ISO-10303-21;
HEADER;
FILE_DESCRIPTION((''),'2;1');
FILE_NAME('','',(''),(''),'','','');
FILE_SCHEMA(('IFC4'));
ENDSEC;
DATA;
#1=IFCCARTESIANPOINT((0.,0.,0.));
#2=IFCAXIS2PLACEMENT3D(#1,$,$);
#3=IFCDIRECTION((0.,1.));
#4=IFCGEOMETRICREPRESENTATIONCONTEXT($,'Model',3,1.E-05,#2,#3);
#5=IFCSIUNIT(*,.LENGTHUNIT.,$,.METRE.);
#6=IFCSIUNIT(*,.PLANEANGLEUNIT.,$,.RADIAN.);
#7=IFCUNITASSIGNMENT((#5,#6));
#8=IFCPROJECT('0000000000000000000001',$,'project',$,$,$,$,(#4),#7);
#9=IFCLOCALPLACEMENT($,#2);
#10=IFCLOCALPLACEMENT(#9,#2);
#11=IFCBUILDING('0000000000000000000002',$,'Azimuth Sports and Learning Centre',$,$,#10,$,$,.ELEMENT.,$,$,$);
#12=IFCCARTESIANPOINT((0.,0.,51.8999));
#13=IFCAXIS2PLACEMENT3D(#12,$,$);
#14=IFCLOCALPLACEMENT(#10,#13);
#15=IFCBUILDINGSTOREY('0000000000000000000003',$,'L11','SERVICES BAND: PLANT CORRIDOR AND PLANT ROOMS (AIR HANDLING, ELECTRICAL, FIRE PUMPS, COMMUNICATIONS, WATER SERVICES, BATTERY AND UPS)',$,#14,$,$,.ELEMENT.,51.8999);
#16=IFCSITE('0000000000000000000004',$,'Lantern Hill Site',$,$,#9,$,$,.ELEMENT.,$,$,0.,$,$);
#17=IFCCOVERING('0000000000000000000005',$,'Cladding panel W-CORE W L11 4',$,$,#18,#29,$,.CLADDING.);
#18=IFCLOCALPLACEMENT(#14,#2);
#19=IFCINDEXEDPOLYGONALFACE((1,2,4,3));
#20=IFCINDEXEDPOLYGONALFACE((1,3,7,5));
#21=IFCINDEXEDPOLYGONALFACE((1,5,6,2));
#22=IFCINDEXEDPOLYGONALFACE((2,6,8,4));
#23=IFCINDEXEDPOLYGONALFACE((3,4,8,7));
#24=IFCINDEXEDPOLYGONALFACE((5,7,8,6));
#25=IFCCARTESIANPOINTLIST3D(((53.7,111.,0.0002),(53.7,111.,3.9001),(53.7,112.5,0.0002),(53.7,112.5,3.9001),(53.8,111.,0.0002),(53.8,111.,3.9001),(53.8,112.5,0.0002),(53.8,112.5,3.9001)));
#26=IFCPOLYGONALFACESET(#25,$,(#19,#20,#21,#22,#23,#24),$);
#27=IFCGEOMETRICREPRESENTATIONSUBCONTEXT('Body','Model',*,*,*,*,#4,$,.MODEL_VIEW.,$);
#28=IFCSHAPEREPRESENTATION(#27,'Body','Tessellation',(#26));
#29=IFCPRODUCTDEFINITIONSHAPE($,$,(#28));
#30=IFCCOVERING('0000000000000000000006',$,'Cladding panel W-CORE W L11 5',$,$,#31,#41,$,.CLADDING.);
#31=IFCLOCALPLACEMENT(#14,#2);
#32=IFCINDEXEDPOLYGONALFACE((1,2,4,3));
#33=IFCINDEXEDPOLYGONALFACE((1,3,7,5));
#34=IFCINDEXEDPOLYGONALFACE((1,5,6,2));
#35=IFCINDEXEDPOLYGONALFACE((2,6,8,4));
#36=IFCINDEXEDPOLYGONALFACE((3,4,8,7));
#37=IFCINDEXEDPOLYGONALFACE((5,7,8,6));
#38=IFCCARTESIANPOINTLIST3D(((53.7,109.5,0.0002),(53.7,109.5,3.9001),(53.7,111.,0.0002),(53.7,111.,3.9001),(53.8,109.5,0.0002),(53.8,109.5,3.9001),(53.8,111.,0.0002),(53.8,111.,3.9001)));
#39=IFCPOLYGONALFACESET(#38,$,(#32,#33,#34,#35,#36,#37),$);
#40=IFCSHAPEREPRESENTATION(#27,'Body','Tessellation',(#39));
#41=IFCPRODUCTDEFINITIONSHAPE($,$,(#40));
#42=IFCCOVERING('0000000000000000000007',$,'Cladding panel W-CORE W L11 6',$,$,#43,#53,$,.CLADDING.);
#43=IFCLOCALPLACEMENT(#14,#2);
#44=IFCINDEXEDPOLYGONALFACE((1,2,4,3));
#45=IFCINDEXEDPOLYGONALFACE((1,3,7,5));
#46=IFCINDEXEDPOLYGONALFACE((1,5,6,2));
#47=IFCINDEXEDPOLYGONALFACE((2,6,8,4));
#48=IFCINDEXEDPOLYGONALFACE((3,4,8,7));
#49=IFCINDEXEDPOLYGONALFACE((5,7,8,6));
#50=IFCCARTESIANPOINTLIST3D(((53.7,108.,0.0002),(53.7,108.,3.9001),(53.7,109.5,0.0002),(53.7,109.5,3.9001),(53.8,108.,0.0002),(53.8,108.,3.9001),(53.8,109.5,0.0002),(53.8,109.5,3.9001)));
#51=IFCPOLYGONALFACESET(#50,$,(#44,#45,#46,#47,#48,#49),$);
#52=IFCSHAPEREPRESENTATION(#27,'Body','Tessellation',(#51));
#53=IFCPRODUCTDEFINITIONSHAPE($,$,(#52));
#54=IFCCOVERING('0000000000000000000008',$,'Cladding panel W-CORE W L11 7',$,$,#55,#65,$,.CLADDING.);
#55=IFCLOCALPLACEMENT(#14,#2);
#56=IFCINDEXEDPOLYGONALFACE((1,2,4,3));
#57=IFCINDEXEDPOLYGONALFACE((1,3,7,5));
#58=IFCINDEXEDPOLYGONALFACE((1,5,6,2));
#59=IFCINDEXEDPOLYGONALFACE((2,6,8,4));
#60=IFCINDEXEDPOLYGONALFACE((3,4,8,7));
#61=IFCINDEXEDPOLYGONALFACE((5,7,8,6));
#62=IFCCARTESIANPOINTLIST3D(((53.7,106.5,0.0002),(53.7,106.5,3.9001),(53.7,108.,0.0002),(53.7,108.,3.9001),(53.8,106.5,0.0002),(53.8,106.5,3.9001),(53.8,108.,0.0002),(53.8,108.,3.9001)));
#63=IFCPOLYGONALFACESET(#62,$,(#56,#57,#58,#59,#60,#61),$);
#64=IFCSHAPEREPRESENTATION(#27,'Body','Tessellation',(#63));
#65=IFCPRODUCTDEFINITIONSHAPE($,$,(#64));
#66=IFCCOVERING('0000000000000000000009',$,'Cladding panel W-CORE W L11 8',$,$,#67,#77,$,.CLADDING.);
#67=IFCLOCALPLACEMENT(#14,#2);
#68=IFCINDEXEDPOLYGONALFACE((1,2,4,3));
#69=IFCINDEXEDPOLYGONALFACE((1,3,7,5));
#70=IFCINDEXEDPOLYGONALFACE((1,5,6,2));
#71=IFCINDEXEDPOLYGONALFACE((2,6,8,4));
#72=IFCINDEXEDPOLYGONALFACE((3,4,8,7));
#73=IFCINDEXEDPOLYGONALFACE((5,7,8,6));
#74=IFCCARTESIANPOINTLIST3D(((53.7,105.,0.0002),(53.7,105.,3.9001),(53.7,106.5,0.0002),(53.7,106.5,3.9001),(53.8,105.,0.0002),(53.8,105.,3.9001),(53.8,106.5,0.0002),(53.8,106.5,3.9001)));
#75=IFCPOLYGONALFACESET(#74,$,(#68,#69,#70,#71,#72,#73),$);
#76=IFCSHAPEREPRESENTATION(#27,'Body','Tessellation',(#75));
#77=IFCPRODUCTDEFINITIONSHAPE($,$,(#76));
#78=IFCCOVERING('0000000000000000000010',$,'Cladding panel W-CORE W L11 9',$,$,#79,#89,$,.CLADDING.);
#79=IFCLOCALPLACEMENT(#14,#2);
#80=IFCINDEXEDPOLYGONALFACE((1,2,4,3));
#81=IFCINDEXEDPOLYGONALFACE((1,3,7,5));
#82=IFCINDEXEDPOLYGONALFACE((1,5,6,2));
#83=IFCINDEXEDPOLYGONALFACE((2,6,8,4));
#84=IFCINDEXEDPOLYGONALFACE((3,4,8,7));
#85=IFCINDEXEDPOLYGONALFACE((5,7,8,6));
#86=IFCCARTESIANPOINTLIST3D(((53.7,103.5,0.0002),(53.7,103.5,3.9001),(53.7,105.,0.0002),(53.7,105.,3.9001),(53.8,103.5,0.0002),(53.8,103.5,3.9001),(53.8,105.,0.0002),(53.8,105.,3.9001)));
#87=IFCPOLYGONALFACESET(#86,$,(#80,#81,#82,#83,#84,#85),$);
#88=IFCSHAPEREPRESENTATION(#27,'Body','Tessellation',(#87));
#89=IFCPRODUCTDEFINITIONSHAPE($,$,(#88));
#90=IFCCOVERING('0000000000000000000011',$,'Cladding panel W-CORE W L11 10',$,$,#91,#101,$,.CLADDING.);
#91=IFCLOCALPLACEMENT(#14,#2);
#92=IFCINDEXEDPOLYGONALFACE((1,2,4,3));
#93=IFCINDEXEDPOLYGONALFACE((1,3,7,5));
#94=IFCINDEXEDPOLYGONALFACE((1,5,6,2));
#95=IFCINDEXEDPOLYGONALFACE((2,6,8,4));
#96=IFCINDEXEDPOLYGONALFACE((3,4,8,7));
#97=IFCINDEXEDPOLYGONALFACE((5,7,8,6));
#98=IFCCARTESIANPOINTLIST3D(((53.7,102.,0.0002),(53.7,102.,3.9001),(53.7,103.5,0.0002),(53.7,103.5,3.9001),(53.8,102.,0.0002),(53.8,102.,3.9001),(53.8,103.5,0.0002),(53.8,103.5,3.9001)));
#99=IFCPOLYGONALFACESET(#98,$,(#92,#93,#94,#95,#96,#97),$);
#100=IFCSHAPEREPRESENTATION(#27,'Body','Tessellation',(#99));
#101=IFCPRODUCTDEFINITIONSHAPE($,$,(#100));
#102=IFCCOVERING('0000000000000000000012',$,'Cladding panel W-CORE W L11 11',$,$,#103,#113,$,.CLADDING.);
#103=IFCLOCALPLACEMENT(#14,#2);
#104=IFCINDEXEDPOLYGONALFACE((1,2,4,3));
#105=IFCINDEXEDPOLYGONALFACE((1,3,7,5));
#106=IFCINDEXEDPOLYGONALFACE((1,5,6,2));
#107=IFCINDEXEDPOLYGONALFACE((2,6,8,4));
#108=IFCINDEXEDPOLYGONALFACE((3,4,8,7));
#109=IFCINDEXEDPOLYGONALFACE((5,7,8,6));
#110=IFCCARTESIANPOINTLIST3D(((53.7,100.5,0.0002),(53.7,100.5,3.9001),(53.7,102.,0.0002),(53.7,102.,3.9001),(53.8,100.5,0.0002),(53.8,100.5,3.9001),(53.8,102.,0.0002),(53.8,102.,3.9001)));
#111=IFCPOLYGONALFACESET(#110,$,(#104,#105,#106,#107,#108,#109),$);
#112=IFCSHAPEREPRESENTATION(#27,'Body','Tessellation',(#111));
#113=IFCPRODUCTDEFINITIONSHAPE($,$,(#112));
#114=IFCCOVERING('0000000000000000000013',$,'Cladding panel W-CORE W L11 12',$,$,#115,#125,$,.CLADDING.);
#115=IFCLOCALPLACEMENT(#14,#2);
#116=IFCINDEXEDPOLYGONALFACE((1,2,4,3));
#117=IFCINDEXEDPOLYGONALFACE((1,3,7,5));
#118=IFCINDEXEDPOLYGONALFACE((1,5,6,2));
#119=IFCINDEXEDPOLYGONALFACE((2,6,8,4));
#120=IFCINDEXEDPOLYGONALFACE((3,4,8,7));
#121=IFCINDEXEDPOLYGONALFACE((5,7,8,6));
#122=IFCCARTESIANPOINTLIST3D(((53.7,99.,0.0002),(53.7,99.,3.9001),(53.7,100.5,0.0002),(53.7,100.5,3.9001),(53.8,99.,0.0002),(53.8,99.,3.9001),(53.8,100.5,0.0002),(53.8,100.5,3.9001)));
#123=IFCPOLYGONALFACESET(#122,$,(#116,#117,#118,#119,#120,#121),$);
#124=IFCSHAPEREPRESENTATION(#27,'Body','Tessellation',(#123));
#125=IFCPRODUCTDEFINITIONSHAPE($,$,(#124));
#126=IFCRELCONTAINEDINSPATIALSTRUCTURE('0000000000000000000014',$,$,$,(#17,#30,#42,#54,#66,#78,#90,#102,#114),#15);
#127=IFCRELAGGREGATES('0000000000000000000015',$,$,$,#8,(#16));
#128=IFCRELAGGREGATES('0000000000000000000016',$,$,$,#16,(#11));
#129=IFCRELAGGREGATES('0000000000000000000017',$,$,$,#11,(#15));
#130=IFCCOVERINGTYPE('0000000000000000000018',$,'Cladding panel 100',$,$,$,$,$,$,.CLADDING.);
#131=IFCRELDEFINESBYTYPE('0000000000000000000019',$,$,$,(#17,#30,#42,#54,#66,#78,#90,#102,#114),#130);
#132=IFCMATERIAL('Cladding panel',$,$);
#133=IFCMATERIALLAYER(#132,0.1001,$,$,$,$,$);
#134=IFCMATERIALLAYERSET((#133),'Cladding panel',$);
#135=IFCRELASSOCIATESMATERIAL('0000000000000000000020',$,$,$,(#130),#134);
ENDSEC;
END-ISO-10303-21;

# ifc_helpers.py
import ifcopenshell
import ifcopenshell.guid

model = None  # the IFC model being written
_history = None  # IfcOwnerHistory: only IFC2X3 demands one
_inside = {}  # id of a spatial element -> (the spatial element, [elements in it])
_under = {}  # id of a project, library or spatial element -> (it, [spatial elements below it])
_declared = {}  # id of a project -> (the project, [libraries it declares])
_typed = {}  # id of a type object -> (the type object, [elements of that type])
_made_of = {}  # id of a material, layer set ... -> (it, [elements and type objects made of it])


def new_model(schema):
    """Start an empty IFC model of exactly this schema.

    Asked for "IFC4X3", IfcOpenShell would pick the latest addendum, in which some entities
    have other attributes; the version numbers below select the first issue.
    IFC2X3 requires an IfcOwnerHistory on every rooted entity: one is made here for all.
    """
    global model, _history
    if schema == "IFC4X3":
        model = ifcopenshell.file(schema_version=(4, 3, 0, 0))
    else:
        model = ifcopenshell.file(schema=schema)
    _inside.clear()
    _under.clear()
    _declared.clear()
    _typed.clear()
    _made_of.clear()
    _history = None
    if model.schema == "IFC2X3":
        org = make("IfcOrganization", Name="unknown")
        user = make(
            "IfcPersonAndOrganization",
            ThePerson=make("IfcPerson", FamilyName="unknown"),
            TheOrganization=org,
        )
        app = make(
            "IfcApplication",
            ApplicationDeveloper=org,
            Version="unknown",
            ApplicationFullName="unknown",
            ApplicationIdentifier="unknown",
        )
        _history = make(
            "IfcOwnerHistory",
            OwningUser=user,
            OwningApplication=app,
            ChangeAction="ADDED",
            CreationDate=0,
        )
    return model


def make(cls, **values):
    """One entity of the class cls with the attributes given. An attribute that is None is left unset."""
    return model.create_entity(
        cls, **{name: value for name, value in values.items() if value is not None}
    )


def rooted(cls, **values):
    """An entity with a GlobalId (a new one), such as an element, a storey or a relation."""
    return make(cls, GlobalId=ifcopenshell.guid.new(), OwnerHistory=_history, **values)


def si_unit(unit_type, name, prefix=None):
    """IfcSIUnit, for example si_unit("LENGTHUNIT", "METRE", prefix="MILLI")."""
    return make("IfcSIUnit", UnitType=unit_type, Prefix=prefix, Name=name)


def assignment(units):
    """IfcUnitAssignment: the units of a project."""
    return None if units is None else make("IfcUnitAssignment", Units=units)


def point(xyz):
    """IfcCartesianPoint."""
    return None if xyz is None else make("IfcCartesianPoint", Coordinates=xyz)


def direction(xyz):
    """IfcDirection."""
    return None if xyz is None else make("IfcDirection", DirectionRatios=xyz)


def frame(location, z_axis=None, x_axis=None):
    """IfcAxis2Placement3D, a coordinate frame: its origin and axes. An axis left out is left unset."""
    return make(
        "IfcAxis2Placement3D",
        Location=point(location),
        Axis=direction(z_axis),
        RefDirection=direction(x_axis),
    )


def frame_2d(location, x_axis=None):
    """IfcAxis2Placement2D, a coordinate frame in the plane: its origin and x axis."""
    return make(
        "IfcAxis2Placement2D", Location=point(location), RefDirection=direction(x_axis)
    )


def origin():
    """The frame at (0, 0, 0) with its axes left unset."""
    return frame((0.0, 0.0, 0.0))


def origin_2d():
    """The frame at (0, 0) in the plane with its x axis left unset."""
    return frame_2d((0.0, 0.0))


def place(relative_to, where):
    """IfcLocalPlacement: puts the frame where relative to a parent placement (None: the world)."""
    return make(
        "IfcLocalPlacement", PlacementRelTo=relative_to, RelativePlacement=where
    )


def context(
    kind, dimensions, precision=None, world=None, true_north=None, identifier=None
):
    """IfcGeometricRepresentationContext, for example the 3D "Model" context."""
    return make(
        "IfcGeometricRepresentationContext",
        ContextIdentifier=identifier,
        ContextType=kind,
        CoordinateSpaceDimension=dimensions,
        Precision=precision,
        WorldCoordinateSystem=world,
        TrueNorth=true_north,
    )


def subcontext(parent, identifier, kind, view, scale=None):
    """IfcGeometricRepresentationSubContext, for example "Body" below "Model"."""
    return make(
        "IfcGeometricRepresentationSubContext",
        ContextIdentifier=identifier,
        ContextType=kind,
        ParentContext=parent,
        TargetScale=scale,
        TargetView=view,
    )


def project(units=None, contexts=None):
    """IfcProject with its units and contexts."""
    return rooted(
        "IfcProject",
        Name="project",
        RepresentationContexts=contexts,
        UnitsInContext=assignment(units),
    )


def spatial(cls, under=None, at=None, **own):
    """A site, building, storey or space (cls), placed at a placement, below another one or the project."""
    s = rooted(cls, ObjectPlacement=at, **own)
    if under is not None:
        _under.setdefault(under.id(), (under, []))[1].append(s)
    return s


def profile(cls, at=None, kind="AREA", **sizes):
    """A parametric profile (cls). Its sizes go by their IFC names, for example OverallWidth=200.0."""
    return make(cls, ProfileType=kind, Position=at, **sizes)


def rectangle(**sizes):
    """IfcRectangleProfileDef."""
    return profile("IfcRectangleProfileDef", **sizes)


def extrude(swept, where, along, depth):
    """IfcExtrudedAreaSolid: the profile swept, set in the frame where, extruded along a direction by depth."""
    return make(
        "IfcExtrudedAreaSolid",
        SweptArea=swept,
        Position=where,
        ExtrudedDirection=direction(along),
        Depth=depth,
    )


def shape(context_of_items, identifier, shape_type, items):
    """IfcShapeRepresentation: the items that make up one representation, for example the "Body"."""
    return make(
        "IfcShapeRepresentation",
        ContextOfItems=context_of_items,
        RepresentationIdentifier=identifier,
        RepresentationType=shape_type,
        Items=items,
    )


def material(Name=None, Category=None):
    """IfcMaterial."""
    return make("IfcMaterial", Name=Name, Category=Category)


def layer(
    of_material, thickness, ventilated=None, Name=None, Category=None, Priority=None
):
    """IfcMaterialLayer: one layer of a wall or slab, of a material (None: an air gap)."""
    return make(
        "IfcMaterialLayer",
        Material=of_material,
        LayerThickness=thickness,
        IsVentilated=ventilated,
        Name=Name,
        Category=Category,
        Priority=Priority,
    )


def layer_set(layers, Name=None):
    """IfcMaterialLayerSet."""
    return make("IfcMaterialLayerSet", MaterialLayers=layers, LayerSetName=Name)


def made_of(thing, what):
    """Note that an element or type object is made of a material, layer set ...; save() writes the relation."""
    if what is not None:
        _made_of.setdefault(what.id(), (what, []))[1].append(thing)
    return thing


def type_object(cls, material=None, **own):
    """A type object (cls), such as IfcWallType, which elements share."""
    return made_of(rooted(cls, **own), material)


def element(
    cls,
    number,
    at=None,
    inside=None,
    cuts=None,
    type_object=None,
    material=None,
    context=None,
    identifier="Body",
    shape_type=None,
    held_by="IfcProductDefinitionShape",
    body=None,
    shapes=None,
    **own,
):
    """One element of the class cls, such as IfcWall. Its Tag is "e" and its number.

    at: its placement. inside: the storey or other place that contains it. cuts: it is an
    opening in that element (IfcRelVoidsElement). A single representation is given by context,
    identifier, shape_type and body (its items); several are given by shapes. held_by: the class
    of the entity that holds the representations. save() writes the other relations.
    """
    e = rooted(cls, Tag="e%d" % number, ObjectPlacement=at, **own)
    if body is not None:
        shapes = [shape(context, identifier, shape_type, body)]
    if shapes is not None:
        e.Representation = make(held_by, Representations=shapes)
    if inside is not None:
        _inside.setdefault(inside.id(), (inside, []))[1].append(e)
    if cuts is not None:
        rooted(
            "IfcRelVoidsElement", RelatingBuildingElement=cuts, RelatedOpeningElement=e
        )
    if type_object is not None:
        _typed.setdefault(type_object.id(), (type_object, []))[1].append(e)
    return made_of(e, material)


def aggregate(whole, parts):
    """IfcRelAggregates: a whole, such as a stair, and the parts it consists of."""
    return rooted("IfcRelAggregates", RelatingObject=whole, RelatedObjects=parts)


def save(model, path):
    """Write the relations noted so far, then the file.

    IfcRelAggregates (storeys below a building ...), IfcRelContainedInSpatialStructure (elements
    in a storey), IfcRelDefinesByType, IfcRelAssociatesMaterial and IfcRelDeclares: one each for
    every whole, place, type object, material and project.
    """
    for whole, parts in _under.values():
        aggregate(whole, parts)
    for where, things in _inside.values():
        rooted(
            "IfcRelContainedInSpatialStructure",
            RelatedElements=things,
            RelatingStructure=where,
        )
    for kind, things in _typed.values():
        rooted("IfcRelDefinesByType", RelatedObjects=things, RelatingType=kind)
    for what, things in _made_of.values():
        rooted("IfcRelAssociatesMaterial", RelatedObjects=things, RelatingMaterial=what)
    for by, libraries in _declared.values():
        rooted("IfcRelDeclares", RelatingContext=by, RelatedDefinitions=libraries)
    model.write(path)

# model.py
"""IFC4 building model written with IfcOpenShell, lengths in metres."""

from ifc_helpers import new_model, si_unit, direction, frame, origin, origin_2d, place, context, subcontext, project, spatial, rectangle, extrude, material, layer, layer_set, type_object, element, save


model = new_model("IFC4")

# Units and contexts
model_context = context("Model", 3, precision=1e-05, world=origin(), true_north=direction((0.0, 1.0)))
body_context = subcontext(model_context, "Body", "Model", "MODEL_VIEW")
ifc_project = project(units=[si_unit("LENGTHUNIT", "METRE"), si_unit("PLANEANGLEUNIT", "RADIAN")], contexts=[model_context])

# Site, building, storey
site_placement = place(None, origin())
site = spatial("IfcSite", under=ifc_project, at=site_placement, Name="Lantern Hill Site", CompositionType="ELEMENT", RefElevation=0.0)
building_placement = place(site_placement, origin())
building = spatial("IfcBuilding", under=site, at=building_placement, Name="Azimuth Sports and Learning Centre", CompositionType="ELEMENT")
storey_placement = place(building_placement, frame((0.0, 0.0, 51.8999)))
storey = spatial("IfcBuildingStorey", under=building, at=storey_placement, Name="L11", Description="SERVICES BAND: PLANT CORRIDOR AND PLANT ROOMS (AIR HANDLING, ELECTRICAL, FIRE PUMPS, COMMUNICATIONS, WATER SERVICES, BATTERY AND UPS)", CompositionType="ELEMENT", Elevation=51.8999)

# Coverings
ifc_material_1 = material(Name="Cladding panel")
ifc_layer_1 = layer(ifc_material_1, 0.1001)
ifc_layer_set_1 = layer_set([ifc_layer_1], Name="Cladding panel")
covering_type = type_object("IfcCoveringType", Name="Cladding panel 100", PredefinedType="CLADDING", material=ifc_layer_set_1)
for number, where, z_axis, x_axis, name in (
    (1, (53.75, 111.75, 0.0002), (0.0, 0.0, 1.0), (0.0, -1.0, 0.0), "Cladding panel W-CORE W L11 4"),
    (2, (53.75, 110.25, 0.0002), (0.0, 0.0, 1.0), (0.0, -1.0, 0.0), "Cladding panel W-CORE W L11 5"),
    (3, (53.75, 108.75, 0.0002), (0.0, 0.0, 1.0), (0.0, -1.0, 0.0), "Cladding panel W-CORE W L11 6"),
    (4, (53.75, 107.25, 0.0002), (0.0, 0.0, 1.0), (0.0, -1.0, 0.0), "Cladding panel W-CORE W L11 7"),
    (5, (53.75, 105.75, 0.0002), (0.0, 0.0, 1.0), (0.0, -1.0, 0.0), "Cladding panel W-CORE W L11 8"),
    (6, (53.75, 104.25, 0.0002), (0.0, 0.0, 1.0), (0.0, -1.0, 0.0), "Cladding panel W-CORE W L11 9"),
    (7, (53.75, 102.75, 0.0002), (0.0, 0.0, 1.0), (0.0, -1.0, 0.0), "Cladding panel W-CORE W L11 10"),
    (8, (53.75, 101.25, 0.0002), (0.0, 0.0, 1.0), (0.0, -1.0, 0.0), "Cladding panel W-CORE W L11 11"),
    (9, (53.75, 99.75, 0.0002), (0.0, 0.0, 1.0), (0.0, -1.0, 0.0), "Cladding panel W-CORE W L11 12"),
):
    element("IfcCovering", number, at=place(storey_placement, frame(where, z_axis=z_axis, x_axis=x_axis)), inside=storey, type_object=covering_type, Name=name, PredefinedType="CLADDING", context=body_context, shape_type="SweptSolid", body=[
        extrude(rectangle(XDim=1.5, YDim=0.1001, at=origin_2d()), origin(), (0.0, 0.0, 1.0), 3.8999),
    ])

save(model, "model.ifc")
